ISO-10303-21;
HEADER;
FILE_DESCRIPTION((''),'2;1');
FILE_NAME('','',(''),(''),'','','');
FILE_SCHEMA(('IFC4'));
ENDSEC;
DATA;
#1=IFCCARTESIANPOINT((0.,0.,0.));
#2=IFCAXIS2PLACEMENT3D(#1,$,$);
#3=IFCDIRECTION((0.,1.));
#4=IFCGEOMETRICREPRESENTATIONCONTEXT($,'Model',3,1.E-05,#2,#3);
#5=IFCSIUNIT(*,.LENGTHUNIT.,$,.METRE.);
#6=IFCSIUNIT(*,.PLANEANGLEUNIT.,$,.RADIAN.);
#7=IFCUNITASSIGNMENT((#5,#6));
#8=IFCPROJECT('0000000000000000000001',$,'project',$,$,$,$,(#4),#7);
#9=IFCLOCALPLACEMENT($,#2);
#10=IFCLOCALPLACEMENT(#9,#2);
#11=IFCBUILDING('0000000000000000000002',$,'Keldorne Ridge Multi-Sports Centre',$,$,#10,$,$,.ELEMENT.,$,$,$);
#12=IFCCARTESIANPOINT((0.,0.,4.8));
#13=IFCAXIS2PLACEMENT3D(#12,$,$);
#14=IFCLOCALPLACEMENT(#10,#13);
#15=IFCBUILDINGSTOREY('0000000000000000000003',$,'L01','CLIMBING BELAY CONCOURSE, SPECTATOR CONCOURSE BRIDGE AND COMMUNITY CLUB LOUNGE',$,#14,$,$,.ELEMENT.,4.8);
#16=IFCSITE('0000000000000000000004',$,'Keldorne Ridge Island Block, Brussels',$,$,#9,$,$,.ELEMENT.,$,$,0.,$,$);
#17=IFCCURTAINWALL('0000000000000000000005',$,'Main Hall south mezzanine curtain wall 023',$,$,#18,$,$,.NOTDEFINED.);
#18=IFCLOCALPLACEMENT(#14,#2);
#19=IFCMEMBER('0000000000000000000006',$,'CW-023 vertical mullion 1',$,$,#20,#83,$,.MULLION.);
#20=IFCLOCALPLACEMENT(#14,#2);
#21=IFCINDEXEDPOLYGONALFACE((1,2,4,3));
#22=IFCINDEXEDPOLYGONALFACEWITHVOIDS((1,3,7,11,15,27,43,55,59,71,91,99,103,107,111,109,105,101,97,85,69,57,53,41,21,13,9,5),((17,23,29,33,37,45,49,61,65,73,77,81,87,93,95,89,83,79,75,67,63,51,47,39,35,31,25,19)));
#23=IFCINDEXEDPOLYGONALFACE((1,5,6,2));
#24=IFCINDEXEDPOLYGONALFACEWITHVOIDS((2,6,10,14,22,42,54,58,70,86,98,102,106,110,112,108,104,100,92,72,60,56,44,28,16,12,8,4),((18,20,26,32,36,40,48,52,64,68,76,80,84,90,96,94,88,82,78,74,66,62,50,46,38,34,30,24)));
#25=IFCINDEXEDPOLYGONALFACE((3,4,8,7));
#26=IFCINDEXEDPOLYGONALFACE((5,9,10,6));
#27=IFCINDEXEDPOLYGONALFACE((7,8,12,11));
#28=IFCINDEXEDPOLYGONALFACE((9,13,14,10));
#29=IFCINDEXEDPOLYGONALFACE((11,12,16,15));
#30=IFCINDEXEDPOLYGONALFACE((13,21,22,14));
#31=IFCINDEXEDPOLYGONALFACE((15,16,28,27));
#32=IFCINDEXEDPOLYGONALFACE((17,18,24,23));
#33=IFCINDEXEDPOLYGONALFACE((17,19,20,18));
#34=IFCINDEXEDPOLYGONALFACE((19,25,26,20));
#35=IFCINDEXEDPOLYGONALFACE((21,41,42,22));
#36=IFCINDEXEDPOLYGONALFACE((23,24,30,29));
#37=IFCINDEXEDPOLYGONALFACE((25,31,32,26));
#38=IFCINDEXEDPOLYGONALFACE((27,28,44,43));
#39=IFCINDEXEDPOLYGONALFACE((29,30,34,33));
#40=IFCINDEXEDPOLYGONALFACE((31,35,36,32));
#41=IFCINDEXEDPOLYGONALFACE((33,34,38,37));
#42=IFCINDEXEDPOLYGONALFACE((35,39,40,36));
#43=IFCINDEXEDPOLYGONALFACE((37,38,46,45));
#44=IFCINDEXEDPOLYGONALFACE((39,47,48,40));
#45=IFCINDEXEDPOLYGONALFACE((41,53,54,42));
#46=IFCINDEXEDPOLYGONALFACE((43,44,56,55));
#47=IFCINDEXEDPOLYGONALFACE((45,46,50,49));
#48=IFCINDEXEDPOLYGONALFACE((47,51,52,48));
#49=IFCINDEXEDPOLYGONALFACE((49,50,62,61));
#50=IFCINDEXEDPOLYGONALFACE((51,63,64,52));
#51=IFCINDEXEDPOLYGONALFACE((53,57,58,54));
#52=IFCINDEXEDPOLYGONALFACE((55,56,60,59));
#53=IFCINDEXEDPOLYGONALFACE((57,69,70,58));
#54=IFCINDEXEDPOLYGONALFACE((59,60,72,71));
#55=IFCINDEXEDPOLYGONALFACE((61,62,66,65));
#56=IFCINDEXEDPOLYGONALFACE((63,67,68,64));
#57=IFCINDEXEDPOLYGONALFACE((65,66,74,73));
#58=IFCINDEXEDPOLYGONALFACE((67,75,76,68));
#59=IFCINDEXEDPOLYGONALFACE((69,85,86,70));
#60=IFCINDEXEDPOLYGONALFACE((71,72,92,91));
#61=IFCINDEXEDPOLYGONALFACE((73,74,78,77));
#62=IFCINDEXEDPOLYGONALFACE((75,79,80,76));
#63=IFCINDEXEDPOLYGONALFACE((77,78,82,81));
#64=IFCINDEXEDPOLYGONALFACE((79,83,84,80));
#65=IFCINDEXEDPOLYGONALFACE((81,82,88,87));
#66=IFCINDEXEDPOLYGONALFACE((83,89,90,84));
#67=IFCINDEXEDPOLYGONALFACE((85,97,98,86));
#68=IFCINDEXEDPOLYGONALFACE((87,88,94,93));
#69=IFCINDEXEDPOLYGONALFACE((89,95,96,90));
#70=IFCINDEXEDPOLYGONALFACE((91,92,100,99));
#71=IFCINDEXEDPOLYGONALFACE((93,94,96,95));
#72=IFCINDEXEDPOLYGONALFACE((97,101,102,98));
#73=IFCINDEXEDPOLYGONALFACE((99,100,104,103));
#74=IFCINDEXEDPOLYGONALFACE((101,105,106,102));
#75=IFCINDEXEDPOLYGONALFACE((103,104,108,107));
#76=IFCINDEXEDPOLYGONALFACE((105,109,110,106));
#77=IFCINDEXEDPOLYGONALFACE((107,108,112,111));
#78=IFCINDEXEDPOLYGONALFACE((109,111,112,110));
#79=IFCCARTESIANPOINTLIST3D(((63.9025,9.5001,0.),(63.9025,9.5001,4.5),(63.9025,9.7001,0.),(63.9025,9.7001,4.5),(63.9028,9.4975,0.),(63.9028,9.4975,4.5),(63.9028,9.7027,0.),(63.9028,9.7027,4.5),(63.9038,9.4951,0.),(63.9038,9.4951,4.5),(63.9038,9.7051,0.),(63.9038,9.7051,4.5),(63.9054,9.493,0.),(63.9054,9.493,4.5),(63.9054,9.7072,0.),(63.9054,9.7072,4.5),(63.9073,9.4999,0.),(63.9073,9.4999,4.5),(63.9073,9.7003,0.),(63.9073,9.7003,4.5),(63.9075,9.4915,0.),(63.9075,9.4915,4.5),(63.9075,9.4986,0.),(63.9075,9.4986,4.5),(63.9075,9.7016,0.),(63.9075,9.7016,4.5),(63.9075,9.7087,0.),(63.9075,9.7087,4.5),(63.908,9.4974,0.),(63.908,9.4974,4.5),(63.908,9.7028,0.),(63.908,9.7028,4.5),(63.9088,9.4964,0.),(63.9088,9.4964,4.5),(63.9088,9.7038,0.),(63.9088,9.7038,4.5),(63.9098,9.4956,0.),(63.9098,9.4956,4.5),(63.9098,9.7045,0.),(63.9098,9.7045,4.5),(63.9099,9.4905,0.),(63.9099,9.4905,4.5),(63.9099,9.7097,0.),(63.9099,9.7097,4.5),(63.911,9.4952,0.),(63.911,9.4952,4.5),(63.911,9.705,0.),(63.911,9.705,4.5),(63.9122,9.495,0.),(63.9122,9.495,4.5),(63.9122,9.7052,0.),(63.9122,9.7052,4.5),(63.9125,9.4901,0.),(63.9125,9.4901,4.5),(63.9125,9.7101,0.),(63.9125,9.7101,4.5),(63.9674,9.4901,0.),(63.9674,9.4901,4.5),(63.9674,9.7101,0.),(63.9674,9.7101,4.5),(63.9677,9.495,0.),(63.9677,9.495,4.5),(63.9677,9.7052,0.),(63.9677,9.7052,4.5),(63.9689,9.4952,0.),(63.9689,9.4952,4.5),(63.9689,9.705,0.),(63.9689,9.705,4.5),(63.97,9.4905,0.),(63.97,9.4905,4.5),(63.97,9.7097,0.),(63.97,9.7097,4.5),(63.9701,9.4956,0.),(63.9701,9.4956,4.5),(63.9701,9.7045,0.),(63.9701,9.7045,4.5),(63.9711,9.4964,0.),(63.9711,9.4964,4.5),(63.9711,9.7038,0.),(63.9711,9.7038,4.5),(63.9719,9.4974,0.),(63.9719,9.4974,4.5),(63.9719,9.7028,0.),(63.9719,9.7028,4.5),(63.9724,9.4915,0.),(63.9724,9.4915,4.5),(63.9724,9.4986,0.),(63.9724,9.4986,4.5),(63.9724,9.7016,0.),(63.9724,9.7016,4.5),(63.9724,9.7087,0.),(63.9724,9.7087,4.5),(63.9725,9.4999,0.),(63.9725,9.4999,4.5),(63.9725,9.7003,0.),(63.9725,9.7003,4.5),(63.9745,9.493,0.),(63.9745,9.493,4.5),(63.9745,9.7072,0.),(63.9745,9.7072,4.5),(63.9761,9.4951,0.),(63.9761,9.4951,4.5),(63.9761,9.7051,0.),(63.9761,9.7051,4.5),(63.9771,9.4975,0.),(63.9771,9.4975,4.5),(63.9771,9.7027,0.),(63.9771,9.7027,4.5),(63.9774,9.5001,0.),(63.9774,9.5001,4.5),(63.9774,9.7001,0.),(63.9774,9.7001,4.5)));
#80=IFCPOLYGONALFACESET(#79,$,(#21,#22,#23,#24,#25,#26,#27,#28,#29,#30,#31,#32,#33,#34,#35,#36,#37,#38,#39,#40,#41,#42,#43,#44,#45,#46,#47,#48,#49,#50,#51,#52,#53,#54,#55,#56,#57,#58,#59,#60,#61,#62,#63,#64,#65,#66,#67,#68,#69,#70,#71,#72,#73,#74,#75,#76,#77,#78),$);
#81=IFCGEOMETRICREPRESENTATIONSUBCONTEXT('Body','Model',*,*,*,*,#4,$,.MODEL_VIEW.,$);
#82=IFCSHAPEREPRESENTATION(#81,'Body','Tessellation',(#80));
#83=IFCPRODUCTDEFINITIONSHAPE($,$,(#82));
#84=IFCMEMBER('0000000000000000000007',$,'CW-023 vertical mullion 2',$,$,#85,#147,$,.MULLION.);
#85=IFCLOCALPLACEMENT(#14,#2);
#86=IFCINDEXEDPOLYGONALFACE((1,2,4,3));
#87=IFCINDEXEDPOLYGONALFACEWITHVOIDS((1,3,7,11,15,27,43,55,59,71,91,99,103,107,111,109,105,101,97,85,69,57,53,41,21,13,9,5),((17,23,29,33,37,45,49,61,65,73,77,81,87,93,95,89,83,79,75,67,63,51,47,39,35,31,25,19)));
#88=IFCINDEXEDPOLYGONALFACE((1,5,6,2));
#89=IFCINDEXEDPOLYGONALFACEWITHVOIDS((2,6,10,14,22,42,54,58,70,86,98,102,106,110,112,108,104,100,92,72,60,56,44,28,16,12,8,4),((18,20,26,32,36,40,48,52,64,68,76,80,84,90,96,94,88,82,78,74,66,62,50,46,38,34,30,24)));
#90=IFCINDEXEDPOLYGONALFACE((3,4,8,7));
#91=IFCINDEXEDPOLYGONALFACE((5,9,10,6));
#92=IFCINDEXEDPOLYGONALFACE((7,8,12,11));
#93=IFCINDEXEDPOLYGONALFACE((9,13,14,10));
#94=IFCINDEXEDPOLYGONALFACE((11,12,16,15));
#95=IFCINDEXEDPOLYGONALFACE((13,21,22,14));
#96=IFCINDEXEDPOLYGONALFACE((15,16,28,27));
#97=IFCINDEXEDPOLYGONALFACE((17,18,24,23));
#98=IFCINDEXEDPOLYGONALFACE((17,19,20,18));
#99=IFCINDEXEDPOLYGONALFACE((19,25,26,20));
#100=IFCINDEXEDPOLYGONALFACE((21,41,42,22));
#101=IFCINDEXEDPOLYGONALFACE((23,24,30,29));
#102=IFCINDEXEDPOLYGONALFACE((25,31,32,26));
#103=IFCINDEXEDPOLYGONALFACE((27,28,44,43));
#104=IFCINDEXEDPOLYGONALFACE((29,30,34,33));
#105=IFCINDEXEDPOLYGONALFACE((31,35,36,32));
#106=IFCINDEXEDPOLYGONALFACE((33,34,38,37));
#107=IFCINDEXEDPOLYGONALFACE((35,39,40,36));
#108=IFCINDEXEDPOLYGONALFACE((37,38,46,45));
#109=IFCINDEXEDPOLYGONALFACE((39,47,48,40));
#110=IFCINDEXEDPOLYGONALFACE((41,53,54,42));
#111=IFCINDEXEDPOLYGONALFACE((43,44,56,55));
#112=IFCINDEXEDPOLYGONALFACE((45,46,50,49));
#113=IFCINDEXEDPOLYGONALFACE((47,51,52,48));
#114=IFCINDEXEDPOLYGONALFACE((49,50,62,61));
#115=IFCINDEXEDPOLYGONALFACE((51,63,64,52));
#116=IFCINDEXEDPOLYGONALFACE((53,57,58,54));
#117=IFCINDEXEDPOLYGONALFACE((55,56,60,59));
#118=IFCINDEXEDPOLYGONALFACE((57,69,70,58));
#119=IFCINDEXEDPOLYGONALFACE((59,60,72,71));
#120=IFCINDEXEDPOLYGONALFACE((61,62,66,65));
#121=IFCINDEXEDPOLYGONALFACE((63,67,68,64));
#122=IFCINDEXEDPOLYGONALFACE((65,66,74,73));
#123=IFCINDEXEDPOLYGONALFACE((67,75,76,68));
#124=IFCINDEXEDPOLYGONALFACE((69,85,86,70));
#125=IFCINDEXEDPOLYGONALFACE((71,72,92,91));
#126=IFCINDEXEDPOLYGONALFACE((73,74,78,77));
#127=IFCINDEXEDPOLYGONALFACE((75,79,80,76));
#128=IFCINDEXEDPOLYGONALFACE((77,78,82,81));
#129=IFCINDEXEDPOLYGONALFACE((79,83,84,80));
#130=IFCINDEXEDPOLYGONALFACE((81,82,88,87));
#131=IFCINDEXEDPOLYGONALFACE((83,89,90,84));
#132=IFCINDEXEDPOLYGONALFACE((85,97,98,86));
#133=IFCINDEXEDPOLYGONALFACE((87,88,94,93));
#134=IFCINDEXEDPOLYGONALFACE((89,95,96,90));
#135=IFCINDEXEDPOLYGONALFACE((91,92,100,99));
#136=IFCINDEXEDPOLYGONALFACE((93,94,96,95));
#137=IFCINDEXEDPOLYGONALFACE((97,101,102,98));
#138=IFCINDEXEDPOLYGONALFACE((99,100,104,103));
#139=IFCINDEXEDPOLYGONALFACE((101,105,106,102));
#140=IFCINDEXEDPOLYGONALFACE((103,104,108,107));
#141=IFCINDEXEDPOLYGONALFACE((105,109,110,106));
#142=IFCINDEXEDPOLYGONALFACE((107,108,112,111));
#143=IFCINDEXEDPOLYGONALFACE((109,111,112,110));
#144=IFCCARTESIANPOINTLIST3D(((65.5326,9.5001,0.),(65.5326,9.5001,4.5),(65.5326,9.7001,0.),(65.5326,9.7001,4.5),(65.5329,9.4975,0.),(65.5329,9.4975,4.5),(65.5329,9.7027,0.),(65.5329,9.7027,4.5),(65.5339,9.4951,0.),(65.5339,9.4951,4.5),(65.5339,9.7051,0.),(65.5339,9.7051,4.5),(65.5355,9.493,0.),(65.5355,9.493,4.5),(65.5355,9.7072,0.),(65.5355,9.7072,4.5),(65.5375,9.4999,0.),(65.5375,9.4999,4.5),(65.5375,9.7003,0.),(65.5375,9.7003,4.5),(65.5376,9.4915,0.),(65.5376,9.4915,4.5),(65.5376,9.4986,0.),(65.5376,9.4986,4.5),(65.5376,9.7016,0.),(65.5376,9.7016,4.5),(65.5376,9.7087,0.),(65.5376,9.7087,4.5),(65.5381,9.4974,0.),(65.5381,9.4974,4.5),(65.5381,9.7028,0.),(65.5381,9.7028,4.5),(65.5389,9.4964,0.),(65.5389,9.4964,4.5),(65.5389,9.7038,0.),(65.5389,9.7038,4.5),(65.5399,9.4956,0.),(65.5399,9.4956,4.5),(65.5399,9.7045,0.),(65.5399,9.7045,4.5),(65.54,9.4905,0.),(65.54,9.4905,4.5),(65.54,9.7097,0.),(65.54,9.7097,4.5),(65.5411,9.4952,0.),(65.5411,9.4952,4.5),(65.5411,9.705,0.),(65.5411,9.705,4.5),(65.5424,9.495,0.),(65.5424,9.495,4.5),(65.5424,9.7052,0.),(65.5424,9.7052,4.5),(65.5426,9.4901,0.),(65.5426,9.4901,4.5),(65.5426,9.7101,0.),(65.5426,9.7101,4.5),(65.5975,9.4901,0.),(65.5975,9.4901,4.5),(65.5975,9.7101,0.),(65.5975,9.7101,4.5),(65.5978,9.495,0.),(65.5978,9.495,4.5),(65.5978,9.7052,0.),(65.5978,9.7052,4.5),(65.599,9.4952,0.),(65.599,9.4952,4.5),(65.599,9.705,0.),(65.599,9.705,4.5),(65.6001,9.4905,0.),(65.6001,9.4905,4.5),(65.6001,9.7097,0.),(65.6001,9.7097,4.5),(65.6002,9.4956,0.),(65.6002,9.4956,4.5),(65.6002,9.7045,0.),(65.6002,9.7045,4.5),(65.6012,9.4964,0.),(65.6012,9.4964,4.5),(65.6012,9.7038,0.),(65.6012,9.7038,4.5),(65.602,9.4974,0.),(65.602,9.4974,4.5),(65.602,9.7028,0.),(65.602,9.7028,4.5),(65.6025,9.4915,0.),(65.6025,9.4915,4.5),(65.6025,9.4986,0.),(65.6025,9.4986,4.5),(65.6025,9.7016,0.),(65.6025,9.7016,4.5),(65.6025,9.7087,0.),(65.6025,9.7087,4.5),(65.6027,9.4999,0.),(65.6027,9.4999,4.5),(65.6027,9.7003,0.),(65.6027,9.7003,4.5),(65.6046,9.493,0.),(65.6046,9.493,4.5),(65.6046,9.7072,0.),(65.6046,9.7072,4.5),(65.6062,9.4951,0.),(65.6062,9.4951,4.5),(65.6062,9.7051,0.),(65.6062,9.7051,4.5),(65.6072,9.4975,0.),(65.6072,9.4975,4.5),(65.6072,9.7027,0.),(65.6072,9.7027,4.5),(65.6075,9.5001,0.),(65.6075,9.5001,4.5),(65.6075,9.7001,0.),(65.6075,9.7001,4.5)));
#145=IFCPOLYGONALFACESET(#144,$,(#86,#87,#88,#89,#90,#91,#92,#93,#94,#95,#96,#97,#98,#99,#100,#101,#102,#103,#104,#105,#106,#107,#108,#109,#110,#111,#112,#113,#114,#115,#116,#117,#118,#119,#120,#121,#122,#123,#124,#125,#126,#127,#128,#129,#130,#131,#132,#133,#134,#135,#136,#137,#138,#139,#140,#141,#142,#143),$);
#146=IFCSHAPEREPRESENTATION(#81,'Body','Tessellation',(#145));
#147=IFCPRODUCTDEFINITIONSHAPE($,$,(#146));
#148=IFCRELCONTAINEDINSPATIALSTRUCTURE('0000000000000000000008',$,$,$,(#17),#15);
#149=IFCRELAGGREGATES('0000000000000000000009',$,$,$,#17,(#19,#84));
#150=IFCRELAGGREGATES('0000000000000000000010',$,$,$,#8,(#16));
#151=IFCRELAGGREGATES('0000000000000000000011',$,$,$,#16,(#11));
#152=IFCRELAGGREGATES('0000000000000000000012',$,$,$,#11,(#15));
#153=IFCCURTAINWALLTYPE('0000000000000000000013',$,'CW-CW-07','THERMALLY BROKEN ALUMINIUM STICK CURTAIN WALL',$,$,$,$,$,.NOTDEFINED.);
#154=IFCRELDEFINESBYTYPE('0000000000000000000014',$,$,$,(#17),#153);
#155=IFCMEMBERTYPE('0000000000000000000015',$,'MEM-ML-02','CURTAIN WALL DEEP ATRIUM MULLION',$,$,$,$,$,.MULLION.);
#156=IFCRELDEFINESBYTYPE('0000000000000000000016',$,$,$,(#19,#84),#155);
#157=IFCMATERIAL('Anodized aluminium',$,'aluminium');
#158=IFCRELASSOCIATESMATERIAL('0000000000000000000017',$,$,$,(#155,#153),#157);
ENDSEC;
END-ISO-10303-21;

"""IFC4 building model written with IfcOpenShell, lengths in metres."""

from ifc_helpers import new_model, si_unit, direction, frame, origin, origin_2d, place, context, subcontext, project, spatial, hollow_rectangle, extrude, material, material_profile, profile_set, type_object, element, aggregate, save


model = new_model("IFC4")

# Units and contexts
model_context = context("Model", 3, precision=1e-05, world=origin(), true_north=direction((0.0, 1.0)))
body_context = subcontext(model_context, "Body", "Model", "MODEL_VIEW")
ifc_project = project(units=[si_unit("LENGTHUNIT", "METRE"), si_unit("PLANEANGLEUNIT", "RADIAN")], contexts=[model_context])

# Site, building, storey
site_placement = place(None, origin())
site = spatial("IfcSite", under=ifc_project, at=site_placement, Name="Keldorne Ridge Island Block, Brussels", CompositionType="ELEMENT", RefElevation=0.0)
building_placement = place(site_placement, origin())
building = spatial("IfcBuilding", under=site, at=building_placement, Name="Keldorne Ridge Multi-Sports Centre", CompositionType="ELEMENT")
storey_placement = place(building_placement, frame((0.0, 0.0, 4.8)))
storey = spatial("IfcBuildingStorey", under=building, at=storey_placement, Name="L01", Description="CLIMBING BELAY CONCOURSE, SPECTATOR CONCOURSE BRIDGE AND COMMUNITY CLUB LOUNGE", CompositionType="ELEMENT", Elevation=4.8)

# Shared definitions
ifc_material_1 = material(Name="Anodized aluminium", Category="aluminium")
ifc_material_profile_1 = material_profile(ifc_material_1, hollow_rectangle(XDim=0.075, YDim=0.22, WallThickness=0.0049, InnerFilletRadius=0.0049, OuterFilletRadius=0.01, at=origin_2d()), Name="ALU MULLION 220x75x5")
ifc_profile_set_1 = profile_set([ifc_material_profile_1], Name="Anodized aluminium")
member_type_1 = type_object("IfcMemberType", Name="MEM-ML-02", Description="CURTAIN WALL DEEP ATRIUM MULLION", PredefinedType="MULLION", material=ifc_profile_set_1)

# Curtain wall, members
curtain_wall_type_1 = type_object("IfcCurtainWallType", Name="CW-CW-07", Description="THERMALLY BROKEN ALUMINIUM STICK CURTAIN WALL", PredefinedType="NOTDEFINED", material=ifc_material_1)
curtain_wall_1_placement = place(storey_placement, origin())
curtain_wall_1 = element("IfcCurtainWall", 1, at=curtain_wall_1_placement, inside=storey, type_object=curtain_wall_type_1, Name="Main Hall south mezzanine curtain wall 023", PredefinedType="NOTDEFINED")
member_1_placement = place(storey_placement, frame((63.9399, 9.6001, 0.0), z_axis=(0.0, 0.0, 1.0), x_axis=(1.0, 0.0, 0.0)))
member_1 = element("IfcMember", 2, at=member_1_placement, type_object=member_type_1, Name="CW-023 vertical mullion 1", PredefinedType="MULLION", context=body_context, shape_type="SweptSolid", body=[
    extrude(hollow_rectangle(XDim=0.075, YDim=0.22, WallThickness=0.0049, InnerFilletRadius=0.0049, OuterFilletRadius=0.01, at=origin_2d()), origin(), (0.0, 0.0, 1.0), 4.5),
])
member_2_placement = place(storey_placement, frame((65.5701, 9.6001, 0.0), z_axis=(0.0, 0.0, 1.0), x_axis=(1.0, 0.0, 0.0)))
member_2 = element("IfcMember", 3, at=member_2_placement, type_object=member_type_1, Name="CW-023 vertical mullion 2", PredefinedType="MULLION", context=body_context, shape_type="SweptSolid", body=[
    extrude(hollow_rectangle(XDim=0.075, YDim=0.22, WallThickness=0.0049, InnerFilletRadius=0.0049, OuterFilletRadius=0.01, at=origin_2d()), origin(), (0.0, 0.0, 1.0), 4.5),
])

aggregate(curtain_wall_1, [member_1, member_2])

save(model, "model.ifc")
